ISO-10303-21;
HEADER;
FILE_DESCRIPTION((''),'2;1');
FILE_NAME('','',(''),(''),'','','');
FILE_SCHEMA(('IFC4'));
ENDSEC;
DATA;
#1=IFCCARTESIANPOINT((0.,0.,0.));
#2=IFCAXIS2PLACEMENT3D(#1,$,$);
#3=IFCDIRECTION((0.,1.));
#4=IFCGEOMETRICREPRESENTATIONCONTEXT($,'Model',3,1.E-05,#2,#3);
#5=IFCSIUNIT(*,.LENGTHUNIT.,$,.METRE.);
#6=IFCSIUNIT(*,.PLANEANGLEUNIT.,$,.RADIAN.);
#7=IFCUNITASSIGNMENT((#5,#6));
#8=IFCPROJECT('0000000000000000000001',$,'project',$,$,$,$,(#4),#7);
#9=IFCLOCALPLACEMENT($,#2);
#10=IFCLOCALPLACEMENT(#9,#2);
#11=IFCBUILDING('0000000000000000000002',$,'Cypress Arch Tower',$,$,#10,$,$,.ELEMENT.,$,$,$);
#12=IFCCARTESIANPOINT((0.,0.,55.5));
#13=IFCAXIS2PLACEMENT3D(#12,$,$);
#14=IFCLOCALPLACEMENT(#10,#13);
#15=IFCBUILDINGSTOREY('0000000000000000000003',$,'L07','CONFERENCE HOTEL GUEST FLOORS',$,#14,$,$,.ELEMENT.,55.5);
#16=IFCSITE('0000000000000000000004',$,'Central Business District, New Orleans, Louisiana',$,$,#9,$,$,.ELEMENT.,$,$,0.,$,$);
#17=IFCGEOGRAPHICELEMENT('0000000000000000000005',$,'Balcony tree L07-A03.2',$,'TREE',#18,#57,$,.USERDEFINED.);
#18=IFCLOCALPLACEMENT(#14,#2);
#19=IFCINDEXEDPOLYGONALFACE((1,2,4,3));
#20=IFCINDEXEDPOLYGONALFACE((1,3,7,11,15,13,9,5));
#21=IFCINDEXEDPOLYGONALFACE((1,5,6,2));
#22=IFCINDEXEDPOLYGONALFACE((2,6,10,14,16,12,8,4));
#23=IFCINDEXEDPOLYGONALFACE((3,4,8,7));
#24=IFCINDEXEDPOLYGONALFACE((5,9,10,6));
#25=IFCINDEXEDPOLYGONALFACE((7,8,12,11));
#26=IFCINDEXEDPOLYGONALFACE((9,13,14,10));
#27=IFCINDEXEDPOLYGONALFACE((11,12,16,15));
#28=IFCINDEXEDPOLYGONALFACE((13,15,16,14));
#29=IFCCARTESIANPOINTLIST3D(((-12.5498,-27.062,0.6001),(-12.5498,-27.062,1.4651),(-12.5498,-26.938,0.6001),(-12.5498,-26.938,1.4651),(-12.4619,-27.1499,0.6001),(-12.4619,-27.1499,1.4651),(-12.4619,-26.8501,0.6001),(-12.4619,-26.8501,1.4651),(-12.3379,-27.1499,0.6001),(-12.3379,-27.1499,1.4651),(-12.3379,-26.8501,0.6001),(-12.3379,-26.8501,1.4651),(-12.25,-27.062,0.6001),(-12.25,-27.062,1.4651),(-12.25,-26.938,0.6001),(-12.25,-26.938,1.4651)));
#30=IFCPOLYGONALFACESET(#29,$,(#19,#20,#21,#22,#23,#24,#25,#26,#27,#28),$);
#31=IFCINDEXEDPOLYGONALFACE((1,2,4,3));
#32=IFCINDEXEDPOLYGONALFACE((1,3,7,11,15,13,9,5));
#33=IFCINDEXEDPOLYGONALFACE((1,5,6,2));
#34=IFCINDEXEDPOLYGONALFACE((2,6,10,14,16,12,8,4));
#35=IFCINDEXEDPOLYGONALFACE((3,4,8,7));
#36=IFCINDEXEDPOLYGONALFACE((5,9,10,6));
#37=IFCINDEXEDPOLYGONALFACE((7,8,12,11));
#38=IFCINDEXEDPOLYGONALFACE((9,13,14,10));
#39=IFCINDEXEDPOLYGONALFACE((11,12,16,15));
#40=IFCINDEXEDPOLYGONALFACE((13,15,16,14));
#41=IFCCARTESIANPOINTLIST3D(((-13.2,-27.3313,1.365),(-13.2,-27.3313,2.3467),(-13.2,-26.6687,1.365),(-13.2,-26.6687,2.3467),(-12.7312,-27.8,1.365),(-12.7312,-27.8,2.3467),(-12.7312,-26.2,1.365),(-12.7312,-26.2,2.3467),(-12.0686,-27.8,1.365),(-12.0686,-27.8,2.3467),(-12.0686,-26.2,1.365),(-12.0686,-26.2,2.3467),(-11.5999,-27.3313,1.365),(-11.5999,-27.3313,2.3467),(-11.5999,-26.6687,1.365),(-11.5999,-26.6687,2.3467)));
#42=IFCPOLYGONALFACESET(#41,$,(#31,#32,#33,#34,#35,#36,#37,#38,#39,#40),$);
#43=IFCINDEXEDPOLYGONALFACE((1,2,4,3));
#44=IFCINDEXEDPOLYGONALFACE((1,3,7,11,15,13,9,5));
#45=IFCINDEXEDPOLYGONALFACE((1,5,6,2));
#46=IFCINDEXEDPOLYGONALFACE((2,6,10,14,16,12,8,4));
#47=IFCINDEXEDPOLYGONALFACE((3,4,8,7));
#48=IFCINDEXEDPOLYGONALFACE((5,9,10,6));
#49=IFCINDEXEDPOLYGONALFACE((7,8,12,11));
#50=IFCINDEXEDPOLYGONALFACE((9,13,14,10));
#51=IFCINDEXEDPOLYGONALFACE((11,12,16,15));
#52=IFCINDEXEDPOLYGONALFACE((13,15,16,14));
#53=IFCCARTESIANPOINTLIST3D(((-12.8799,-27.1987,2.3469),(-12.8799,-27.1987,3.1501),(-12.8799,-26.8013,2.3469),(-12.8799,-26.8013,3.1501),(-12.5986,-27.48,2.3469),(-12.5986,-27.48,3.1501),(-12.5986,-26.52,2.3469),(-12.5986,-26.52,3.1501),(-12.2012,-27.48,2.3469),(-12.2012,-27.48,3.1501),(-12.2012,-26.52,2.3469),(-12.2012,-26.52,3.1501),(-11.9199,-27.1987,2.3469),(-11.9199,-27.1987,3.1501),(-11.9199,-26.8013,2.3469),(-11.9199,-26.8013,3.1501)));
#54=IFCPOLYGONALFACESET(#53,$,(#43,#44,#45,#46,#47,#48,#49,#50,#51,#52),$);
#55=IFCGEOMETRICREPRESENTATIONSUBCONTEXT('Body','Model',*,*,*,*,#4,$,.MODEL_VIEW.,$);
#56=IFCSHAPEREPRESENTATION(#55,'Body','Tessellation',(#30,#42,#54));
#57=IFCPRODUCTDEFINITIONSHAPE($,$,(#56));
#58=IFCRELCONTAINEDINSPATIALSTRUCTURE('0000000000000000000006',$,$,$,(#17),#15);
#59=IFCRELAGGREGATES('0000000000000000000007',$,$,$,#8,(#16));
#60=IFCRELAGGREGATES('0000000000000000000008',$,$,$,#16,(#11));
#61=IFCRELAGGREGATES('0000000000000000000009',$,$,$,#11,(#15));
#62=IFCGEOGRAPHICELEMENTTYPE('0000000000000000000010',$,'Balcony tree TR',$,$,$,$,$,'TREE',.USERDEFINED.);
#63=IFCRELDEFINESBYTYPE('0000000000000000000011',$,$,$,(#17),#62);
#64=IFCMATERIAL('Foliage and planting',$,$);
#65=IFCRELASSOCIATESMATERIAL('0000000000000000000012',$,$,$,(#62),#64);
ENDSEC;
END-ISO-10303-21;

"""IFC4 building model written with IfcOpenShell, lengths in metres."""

from ifc_helpers import new_model, si_unit, direction, frame, origin, place, context, subcontext, project, spatial, polyline, outline, extrude, material, type_object, element, save


model = new_model("IFC4")

# Units and contexts
model_context = context("Model", 3, precision=1e-05, world=origin(), true_north=direction((0.0, 1.0)))
body_context = subcontext(model_context, "Body", "Model", "MODEL_VIEW")
ifc_project = project(units=[si_unit("LENGTHUNIT", "METRE"), si_unit("PLANEANGLEUNIT", "RADIAN")], contexts=[model_context])

# Site, building, storey
site_placement = place(None, origin())
site = spatial("IfcSite", under=ifc_project, at=site_placement, Name="Central Business District, New Orleans, Louisiana", CompositionType="ELEMENT", RefElevation=0.0)
building_placement = place(site_placement, origin())
building = spatial("IfcBuilding", under=site, at=building_placement, Name="Cypress Arch Tower", CompositionType="ELEMENT")
storey_placement = place(building_placement, frame((0.0, 0.0, 55.5)))
storey = spatial("IfcBuildingStorey", under=building, at=storey_placement, Name="L07", Description="CONFERENCE HOTEL GUEST FLOORS", CompositionType="ELEMENT", Elevation=55.5)

# Geographic element
ifc_material_1 = material(Name="Foliage and planting")
geographic_element_type = type_object("IfcGeographicElementType", Name="Balcony tree TR", ElementType="TREE", PredefinedType="USERDEFINED", material=ifc_material_1)
geographic_element_placement = place(storey_placement, frame((-12.3999, -27.0, 0.6001), z_axis=(0.0, 0.0, 1.0), x_axis=(1.0, 0.0, 0.0)))
element("IfcGeographicElement", 1, at=geographic_element_placement, inside=storey, type_object=geographic_element_type, Name="Balcony tree L07-A03.2", ObjectType="TREE", PredefinedType="USERDEFINED", context=body_context, shape_type="SweptSolid", body=[
    extrude(outline(polyline([(0.1499, 0.062), (0.062, 0.1499), (-0.062, 0.1499), (-0.1499, 0.062), (-0.1499, -0.062), (-0.062, -0.1499), (0.062, -0.1499), (0.1499, -0.062), (0.1499, 0.062)])), origin(), (0.0, 0.0, 1.0), 0.865),
    extrude(outline(polyline([(0.8, 0.3313), (0.3313, 0.8), (-0.3313, 0.8), (-0.8, 0.3313), (-0.8, -0.3313), (-0.3313, -0.8), (0.3313, -0.8), (0.8, -0.3313), (0.8, 0.3313)])), frame((0.0, 0.0, 0.7649)), (0.0, 0.0, 1.0), 0.9817),
    extrude(outline(polyline([(0.48, 0.1987), (0.1987, 0.48), (-0.1987, 0.48), (-0.48, 0.1987), (-0.48, -0.1987), (-0.1987, -0.48), (0.1987, -0.48), (0.48, -0.1987), (0.48, 0.1987)])), frame((0.0, 0.0, 1.7468)), (0.0, 0.0, 1.0), 0.8032),
])

save(model, "model.ifc")
